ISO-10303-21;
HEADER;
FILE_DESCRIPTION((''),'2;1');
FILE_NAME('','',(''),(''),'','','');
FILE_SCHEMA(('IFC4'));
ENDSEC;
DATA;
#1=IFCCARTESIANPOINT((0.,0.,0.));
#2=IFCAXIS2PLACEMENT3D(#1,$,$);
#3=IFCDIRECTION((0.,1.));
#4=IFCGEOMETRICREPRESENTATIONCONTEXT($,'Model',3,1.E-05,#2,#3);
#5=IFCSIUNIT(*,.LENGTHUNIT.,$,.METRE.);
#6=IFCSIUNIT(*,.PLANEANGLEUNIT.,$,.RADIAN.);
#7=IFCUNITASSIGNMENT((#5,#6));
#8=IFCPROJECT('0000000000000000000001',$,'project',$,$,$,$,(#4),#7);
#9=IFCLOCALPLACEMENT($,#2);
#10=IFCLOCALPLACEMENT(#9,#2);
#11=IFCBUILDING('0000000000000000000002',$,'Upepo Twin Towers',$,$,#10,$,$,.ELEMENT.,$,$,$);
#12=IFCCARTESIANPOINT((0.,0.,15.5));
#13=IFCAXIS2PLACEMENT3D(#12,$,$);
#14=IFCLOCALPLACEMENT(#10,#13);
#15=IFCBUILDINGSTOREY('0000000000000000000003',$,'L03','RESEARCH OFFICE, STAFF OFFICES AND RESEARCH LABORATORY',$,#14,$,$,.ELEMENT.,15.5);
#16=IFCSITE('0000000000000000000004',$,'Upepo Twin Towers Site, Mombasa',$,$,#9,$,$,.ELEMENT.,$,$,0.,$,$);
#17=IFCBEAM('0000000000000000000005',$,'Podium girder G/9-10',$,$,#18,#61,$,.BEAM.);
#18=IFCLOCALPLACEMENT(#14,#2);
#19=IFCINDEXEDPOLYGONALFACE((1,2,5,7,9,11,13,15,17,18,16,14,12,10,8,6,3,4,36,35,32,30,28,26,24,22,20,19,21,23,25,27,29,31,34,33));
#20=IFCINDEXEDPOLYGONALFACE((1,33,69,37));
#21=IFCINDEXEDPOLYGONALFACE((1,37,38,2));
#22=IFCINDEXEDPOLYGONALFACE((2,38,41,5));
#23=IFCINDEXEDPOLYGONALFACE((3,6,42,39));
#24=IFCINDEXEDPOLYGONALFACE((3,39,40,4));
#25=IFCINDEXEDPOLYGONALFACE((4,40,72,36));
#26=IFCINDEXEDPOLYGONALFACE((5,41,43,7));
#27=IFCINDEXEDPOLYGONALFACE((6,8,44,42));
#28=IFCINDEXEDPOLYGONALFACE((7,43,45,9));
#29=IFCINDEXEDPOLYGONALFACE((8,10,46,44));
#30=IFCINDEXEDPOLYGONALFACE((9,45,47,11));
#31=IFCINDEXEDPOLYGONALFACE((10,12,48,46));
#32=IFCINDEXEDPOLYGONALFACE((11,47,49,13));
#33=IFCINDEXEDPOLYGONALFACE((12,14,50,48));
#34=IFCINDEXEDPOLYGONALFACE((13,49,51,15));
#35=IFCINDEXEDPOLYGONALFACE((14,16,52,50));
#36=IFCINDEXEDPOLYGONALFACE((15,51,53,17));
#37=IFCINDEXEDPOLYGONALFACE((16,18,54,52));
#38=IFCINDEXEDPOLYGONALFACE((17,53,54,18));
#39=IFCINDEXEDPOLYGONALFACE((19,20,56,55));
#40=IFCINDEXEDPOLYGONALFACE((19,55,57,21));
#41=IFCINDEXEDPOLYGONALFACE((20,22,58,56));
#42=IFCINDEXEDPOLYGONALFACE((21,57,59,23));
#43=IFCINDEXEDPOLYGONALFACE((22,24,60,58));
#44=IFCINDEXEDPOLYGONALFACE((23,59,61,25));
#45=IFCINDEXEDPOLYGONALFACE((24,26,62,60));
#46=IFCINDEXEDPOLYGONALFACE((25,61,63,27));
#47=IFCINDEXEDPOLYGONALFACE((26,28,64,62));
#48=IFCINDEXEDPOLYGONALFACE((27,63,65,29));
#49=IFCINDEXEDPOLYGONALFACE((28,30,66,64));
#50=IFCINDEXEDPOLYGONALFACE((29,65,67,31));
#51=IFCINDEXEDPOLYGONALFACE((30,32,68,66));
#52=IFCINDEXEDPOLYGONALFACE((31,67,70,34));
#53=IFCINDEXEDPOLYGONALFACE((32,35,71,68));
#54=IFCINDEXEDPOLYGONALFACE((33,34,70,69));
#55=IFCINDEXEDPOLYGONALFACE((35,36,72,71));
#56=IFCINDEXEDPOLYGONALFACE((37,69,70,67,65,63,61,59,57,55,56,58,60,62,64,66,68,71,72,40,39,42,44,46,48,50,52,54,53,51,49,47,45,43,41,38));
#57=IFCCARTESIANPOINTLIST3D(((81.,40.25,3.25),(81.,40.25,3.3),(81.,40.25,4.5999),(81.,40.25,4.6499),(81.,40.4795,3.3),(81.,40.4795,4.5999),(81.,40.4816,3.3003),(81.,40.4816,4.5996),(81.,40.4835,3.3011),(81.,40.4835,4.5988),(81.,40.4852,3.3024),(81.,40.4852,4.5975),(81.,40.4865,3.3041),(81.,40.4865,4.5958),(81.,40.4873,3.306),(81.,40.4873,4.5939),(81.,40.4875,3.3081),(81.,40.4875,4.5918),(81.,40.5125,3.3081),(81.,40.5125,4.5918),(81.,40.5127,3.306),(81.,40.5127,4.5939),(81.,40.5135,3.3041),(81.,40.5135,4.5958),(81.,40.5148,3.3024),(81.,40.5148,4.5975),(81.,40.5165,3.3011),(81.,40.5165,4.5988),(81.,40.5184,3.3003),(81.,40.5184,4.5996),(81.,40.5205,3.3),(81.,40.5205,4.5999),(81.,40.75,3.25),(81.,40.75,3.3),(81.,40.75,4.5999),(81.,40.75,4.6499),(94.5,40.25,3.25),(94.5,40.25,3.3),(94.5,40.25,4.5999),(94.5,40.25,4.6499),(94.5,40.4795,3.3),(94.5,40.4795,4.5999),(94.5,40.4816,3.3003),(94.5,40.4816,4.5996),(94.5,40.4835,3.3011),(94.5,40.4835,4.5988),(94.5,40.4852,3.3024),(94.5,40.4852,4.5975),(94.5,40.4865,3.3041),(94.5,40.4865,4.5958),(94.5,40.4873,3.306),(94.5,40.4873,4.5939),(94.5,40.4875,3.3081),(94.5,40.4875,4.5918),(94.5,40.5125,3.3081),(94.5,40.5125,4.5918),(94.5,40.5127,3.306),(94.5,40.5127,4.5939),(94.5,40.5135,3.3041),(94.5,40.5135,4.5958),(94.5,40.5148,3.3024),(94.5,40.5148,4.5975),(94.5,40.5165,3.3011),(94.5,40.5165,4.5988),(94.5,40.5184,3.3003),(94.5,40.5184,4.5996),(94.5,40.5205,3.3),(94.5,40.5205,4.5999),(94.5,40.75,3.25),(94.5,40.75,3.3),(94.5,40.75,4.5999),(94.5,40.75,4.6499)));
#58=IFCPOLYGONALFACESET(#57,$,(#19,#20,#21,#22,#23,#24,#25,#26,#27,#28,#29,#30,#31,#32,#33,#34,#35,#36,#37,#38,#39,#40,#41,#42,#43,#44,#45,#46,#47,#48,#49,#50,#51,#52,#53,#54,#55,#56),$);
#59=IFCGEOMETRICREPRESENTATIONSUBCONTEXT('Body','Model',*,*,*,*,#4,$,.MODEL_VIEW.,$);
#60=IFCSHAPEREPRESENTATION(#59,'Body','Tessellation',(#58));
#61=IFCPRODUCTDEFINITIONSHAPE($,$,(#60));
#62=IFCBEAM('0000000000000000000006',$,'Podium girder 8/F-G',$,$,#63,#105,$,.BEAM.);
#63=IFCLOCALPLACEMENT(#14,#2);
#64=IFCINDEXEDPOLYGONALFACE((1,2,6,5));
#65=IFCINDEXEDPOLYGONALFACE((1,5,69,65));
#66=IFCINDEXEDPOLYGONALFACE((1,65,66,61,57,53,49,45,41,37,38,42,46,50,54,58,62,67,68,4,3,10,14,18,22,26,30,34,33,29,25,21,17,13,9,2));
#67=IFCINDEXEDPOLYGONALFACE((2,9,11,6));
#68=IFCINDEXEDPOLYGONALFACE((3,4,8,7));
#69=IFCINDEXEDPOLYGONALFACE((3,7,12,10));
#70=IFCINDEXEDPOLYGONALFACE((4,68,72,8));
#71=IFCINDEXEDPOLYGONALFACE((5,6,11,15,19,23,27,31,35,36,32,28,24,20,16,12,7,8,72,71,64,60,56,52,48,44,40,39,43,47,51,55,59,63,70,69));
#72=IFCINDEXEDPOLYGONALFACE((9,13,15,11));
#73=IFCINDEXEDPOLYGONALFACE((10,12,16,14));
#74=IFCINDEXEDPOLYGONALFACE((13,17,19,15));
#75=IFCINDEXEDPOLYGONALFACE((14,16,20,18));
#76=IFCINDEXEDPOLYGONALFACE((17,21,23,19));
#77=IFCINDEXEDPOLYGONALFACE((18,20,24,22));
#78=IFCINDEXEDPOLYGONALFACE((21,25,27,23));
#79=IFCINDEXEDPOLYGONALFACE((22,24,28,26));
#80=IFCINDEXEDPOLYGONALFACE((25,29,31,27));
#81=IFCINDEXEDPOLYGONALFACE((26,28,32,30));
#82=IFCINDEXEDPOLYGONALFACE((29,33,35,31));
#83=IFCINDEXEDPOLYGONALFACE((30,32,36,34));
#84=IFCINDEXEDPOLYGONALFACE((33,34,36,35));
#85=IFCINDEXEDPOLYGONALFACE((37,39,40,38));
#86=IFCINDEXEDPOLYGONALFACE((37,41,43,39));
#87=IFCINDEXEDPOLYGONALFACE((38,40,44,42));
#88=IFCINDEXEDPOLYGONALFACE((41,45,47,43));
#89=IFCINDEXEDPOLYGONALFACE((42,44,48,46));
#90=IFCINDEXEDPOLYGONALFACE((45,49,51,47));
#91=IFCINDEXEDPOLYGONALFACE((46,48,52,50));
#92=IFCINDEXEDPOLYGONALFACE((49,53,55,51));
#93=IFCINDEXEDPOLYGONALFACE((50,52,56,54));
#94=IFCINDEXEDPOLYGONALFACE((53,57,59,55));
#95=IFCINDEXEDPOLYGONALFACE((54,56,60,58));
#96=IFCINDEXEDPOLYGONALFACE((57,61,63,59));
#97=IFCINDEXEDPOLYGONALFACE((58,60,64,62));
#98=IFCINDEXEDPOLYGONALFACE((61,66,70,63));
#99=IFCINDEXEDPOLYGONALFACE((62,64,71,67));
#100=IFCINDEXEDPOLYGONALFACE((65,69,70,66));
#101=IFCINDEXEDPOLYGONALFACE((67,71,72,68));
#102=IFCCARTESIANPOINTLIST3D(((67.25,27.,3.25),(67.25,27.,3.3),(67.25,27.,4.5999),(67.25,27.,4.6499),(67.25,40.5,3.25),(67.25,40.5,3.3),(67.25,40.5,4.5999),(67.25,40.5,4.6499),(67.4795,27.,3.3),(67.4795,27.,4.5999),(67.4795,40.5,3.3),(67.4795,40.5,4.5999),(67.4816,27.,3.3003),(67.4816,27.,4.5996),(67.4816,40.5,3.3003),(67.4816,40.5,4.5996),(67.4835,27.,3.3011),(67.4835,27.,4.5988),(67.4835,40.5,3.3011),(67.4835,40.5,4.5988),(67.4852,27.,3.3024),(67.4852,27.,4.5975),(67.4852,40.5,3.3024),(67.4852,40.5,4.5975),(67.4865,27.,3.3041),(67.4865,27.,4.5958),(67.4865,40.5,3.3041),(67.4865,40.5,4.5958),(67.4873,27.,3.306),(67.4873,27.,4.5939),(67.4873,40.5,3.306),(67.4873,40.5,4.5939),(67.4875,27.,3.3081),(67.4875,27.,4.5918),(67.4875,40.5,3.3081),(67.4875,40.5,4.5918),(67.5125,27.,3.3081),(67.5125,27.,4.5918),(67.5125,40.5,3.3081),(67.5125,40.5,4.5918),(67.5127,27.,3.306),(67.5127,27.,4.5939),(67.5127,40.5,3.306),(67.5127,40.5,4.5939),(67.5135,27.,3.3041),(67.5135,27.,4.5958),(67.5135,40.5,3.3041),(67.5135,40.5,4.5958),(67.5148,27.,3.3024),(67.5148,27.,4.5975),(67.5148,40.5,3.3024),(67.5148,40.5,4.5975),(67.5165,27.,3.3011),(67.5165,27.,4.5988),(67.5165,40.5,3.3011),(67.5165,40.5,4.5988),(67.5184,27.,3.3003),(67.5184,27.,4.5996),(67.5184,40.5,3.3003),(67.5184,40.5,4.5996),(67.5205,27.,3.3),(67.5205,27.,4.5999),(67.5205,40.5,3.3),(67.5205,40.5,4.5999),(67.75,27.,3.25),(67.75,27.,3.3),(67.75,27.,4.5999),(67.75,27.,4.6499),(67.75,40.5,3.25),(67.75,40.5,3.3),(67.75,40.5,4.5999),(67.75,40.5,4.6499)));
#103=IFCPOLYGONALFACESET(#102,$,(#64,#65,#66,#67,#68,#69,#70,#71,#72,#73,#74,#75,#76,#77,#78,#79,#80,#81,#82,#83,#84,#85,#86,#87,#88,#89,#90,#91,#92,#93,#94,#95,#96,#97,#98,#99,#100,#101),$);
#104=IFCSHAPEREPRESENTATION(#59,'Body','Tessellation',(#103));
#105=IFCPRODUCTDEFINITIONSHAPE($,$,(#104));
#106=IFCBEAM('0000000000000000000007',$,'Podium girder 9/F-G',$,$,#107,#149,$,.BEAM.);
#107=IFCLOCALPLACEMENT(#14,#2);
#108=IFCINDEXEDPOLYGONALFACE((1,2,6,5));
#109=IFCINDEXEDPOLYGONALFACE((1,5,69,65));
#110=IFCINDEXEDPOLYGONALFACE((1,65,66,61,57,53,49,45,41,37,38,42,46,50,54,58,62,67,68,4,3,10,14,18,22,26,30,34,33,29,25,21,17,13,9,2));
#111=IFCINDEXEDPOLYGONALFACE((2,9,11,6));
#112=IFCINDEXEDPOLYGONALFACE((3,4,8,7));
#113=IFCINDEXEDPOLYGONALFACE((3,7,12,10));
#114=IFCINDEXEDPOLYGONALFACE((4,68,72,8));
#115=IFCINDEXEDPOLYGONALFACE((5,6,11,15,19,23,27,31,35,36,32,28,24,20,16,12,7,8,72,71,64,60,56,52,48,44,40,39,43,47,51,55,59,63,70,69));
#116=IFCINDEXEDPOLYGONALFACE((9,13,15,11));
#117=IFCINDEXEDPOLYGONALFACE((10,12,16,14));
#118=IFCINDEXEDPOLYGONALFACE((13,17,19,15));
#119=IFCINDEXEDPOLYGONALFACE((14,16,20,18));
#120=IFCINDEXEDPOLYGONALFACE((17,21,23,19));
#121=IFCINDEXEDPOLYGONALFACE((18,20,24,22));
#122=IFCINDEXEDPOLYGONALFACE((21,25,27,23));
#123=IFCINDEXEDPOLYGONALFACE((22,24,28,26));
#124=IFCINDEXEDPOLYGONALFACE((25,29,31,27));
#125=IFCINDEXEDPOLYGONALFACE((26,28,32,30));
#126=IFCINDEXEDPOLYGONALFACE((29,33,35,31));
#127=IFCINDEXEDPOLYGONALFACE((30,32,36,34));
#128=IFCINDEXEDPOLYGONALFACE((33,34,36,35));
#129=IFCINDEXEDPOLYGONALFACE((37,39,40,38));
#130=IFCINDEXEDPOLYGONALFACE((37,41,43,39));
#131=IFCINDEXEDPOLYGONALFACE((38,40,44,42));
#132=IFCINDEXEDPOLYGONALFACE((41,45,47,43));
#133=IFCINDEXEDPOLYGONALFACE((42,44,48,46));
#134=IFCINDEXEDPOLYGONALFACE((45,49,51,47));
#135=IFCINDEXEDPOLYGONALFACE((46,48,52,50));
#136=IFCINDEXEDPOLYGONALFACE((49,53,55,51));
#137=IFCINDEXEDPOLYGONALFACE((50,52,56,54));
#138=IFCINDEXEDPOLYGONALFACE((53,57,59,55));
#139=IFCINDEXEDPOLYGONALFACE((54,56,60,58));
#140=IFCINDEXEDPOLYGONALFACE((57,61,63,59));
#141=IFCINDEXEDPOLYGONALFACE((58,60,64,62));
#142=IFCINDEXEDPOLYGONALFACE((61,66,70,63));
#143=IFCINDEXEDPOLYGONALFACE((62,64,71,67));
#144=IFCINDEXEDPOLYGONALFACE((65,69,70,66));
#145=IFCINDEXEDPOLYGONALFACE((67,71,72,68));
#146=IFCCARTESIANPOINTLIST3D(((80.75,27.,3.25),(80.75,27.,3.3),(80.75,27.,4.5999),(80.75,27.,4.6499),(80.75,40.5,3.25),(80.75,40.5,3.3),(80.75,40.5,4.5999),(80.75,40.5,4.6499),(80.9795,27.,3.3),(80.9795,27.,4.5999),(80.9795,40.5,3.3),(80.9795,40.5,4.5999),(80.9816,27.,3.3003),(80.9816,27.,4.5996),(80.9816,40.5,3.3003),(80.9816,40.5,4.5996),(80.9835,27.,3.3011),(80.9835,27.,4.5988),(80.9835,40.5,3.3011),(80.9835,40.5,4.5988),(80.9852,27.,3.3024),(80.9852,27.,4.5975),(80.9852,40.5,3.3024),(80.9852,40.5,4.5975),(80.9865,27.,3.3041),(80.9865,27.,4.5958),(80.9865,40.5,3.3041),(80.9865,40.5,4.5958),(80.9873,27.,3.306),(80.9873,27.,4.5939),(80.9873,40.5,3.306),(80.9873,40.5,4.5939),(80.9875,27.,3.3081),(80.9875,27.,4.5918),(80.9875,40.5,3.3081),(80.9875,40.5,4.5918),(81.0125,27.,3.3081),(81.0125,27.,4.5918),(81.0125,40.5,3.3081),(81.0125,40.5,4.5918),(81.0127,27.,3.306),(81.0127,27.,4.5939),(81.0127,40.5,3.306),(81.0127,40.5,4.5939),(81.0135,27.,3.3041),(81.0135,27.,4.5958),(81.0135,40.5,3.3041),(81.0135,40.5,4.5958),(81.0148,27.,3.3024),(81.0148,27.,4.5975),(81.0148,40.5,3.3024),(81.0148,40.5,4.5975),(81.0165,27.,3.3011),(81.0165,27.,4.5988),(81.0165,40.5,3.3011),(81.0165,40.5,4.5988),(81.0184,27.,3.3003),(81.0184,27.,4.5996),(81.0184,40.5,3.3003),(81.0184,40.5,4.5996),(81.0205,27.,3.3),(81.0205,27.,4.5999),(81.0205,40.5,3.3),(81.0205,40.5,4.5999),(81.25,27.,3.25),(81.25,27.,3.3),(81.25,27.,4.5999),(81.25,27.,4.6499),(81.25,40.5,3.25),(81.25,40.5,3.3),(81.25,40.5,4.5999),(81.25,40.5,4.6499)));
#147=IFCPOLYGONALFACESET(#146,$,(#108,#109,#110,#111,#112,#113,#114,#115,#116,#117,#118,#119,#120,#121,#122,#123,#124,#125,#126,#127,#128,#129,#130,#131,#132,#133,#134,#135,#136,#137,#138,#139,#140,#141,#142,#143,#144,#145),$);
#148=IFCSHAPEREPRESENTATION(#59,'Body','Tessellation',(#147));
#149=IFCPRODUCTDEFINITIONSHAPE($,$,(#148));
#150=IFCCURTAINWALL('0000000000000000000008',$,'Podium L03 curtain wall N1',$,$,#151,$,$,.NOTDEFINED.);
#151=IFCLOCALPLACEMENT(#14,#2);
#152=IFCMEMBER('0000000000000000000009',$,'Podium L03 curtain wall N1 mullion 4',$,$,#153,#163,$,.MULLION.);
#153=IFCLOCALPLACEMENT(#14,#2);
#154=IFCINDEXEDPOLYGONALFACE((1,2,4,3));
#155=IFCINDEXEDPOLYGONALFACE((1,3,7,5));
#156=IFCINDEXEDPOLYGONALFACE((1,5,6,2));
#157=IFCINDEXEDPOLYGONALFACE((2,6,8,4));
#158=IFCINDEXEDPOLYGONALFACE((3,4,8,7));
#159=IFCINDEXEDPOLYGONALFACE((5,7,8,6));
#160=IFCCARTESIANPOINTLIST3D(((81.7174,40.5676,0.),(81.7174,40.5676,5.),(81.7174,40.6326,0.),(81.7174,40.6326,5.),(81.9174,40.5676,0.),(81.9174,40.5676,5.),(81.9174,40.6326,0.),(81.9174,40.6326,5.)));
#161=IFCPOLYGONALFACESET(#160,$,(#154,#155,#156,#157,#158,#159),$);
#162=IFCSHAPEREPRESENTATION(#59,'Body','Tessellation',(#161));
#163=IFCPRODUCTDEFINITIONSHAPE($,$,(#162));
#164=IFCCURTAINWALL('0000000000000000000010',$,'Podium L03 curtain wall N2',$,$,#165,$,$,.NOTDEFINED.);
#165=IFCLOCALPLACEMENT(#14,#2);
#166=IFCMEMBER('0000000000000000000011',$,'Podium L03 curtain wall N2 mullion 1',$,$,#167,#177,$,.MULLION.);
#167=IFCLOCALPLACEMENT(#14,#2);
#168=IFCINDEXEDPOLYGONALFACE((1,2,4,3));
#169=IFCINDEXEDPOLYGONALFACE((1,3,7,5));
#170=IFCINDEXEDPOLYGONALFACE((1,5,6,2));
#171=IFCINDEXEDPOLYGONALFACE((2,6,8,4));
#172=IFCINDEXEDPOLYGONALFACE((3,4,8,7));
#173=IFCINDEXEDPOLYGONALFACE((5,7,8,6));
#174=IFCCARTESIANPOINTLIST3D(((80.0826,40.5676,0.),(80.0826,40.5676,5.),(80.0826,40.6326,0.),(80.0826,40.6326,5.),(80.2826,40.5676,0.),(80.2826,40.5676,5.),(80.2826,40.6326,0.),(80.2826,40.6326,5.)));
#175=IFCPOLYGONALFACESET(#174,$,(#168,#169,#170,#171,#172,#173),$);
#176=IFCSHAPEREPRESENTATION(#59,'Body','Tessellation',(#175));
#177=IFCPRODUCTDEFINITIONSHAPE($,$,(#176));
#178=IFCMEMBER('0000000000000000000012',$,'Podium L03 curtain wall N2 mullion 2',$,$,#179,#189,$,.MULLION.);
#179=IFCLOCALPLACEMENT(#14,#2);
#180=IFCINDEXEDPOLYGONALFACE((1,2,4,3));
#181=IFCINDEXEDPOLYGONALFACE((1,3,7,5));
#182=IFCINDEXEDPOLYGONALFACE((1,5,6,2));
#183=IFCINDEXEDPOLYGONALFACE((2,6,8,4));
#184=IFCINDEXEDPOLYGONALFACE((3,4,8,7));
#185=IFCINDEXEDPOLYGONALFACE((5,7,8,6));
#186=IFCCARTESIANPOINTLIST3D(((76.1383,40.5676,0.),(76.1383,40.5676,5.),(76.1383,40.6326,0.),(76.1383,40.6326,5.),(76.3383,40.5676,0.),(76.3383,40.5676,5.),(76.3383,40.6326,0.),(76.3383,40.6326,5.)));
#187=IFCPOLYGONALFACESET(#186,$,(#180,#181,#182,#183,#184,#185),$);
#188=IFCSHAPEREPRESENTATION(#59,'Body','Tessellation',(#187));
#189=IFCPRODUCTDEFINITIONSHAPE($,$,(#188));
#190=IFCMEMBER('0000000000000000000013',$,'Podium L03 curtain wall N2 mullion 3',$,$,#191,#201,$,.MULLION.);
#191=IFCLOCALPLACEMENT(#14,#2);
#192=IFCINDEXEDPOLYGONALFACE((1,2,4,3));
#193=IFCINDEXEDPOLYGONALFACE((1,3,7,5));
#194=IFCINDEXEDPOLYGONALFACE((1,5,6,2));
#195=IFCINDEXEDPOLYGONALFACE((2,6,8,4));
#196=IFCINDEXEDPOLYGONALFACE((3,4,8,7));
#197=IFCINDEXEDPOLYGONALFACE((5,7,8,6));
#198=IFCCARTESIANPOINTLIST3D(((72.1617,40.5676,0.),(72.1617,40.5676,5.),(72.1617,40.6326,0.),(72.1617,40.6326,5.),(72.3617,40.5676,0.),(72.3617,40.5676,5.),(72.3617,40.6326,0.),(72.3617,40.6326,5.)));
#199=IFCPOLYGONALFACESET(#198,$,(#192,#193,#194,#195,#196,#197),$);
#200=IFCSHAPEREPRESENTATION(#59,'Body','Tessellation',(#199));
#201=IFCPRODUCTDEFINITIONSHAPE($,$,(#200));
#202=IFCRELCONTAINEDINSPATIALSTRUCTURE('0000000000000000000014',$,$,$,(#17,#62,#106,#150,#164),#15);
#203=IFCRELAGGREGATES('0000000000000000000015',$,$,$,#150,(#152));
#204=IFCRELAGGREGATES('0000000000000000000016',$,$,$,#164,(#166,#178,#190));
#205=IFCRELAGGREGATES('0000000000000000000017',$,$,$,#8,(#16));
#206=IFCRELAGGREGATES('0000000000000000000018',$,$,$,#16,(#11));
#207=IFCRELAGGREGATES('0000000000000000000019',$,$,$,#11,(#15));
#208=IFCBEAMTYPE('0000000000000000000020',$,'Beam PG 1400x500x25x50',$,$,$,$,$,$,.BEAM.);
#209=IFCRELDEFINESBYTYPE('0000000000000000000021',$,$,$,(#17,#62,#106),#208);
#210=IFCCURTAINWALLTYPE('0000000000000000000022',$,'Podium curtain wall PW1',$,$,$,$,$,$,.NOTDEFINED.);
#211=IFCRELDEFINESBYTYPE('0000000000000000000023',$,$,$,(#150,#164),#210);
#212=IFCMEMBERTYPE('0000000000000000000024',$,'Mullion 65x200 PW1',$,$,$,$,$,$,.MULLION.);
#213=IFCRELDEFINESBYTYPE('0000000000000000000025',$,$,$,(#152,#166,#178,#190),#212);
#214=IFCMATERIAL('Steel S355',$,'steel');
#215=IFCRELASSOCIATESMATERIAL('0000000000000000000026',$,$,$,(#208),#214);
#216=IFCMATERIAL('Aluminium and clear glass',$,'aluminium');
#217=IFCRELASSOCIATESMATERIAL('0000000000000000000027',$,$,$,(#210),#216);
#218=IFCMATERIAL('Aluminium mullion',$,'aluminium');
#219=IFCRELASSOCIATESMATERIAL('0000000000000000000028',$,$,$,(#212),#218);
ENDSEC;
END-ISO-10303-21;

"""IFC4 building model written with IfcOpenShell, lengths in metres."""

from ifc_helpers import new_model, si_unit, direction, frame, origin, origin_2d, place, context, subcontext, project, spatial, rectangle, i_section, extrude, material, material_profile, profile_set, type_object, element, aggregate, save


model = new_model("IFC4")

# Units and contexts
model_context = context("Model", 3, precision=1e-05, world=origin(), true_north=direction((0.0, 1.0)))
body_context = subcontext(model_context, "Body", "Model", "MODEL_VIEW")
ifc_project = project(units=[si_unit("LENGTHUNIT", "METRE"), si_unit("PLANEANGLEUNIT", "RADIAN")], contexts=[model_context])

# Site, building, storey
site_placement = place(None, origin())
site = spatial("IfcSite", under=ifc_project, at=site_placement, Name="Upepo Twin Towers Site, Mombasa", CompositionType="ELEMENT", RefElevation=0.0)
building_placement = place(site_placement, origin())
building = spatial("IfcBuilding", under=site, at=building_placement, Name="Upepo Twin Towers", CompositionType="ELEMENT")
storey_placement = place(building_placement, frame((0.0, 0.0, 15.5)))
storey = spatial("IfcBuildingStorey", under=building, at=storey_placement, Name="L03", Description="RESEARCH OFFICE, STAFF OFFICES AND RESEARCH LABORATORY", CompositionType="ELEMENT", Elevation=15.5)

# Beams
ifc_material_1 = material(Name="Steel S355", Category="steel")
ifc_material_profile_1 = material_profile(ifc_material_1, i_section(OverallWidth=0.5, OverallDepth=1.3999, WebThickness=0.0249, FlangeThickness=0.05, FilletRadius=0.0081, at=origin_2d()), Name="PG 1400x500x25x50")
ifc_profile_set_1 = profile_set([ifc_material_profile_1], Name="Steel S355")
beam_type_1 = type_object("IfcBeamType", Name="Beam PG 1400x500x25x50", PredefinedType="BEAM", material=ifc_profile_set_1)
for number, where, z_axis, x_axis, name in (
    (1, (81.0, 40.5, 3.95), (1.0, 0.0, 0.0), (0.0, 1.0, 0.0), "Podium girder G/9-10"),
    (2, (67.5, 27.0, 3.95), (0.0, 1.0, 0.0), (-1.0, 0.0, 0.0), "Podium girder 8/F-G"),
    (3, (81.0, 27.0, 3.95), (0.0, 1.0, 0.0), (-1.0, 0.0, 0.0), "Podium girder 9/F-G"),
):
    element("IfcBeam", number, at=place(storey_placement, frame(where, z_axis=z_axis, x_axis=x_axis)), inside=storey, type_object=beam_type_1, Name=name, PredefinedType="BEAM", context=body_context, shape_type="SweptSolid", body=[
        extrude(i_section(OverallWidth=0.5, OverallDepth=1.3999, WebThickness=0.0249, FlangeThickness=0.05, FilletRadius=0.0081, at=origin_2d()), origin(), (0.0, 0.0, 1.0), 13.5),
    ])

# Curtain wall, member
ifc_material_2 = material(Name="Aluminium and clear glass", Category="aluminium")
curtain_wall_type = type_object("IfcCurtainWallType", Name="Podium curtain wall PW1", PredefinedType="NOTDEFINED", material=ifc_material_2)
curtain_wall_1_placement = place(storey_placement, origin())
curtain_wall_1 = element("IfcCurtainWall", 4, at=curtain_wall_1_placement, inside=storey, type_object=curtain_wall_type, Name="Podium L03 curtain wall N1", PredefinedType="NOTDEFINED")
ifc_material_3 = material(Name="Aluminium mullion", Category="aluminium")
ifc_material_profile_2 = material_profile(ifc_material_3, rectangle(XDim=0.0649, YDim=0.2, at=origin_2d()), Name="MULLION 65x200 PODIUM")
ifc_profile_set_2 = profile_set([ifc_material_profile_2], Name="Aluminium mullion")
member_type_1 = type_object("IfcMemberType", Name="Mullion 65x200 PW1", PredefinedType="MULLION", material=ifc_profile_set_2)
member_1_placement = place(storey_placement, frame((81.8174, 40.6001, 0.0), z_axis=(0.0, 0.0, 1.0), x_axis=(0.0, -1.0, 0.0)))
member_1 = element("IfcMember", 5, at=member_1_placement, type_object=member_type_1, Name="Podium L03 curtain wall N1 mullion 4", PredefinedType="MULLION", context=body_context, shape_type="SweptSolid", body=[
    extrude(rectangle(XDim=0.0649, YDim=0.2, at=origin_2d()), origin(), (0.0, 0.0, 1.0), 5.0),
])
aggregate(curtain_wall_1, [member_1])

# Curtain wall, members
curtain_wall_2_placement = place(storey_placement, origin())
curtain_wall_2 = element("IfcCurtainWall", 6, at=curtain_wall_2_placement, inside=storey, type_object=curtain_wall_type, Name="Podium L03 curtain wall N2", PredefinedType="NOTDEFINED")
member_2_placement = place(storey_placement, frame((80.1826, 40.6001, 0.0), z_axis=(0.0, 0.0, 1.0), x_axis=(0.0, -1.0, 0.0)))
member_2 = element("IfcMember", 7, at=member_2_placement, type_object=member_type_1, Name="Podium L03 curtain wall N2 mullion 1", PredefinedType="MULLION", context=body_context, shape_type="SweptSolid", body=[
    extrude(rectangle(XDim=0.0649, YDim=0.2, at=origin_2d()), origin(), (0.0, 0.0, 1.0), 5.0),
])
member_3_placement = place(storey_placement, frame((76.2383, 40.6001, 0.0), z_axis=(0.0, 0.0, 1.0), x_axis=(0.0, -1.0, 0.0)))
member_3 = element("IfcMember", 8, at=member_3_placement, type_object=member_type_1, Name="Podium L03 curtain wall N2 mullion 2", PredefinedType="MULLION", context=body_context, shape_type="SweptSolid", body=[
    extrude(rectangle(XDim=0.0649, YDim=0.2, at=origin_2d()), origin(), (0.0, 0.0, 1.0), 5.0),
])
member_4_placement = place(storey_placement, frame((72.2617, 40.6001, 0.0), z_axis=(0.0, 0.0, 1.0), x_axis=(0.0, -1.0, 0.0)))
member_4 = element("IfcMember", 9, at=member_4_placement, type_object=member_type_1, Name="Podium L03 curtain wall N2 mullion 3", PredefinedType="MULLION", context=body_context, shape_type="SweptSolid", body=[
    extrude(rectangle(XDim=0.0649, YDim=0.2, at=origin_2d()), origin(), (0.0, 0.0, 1.0), 5.0),
])

aggregate(curtain_wall_2, [member_2, member_3, member_4])

save(model, "model.ifc")
